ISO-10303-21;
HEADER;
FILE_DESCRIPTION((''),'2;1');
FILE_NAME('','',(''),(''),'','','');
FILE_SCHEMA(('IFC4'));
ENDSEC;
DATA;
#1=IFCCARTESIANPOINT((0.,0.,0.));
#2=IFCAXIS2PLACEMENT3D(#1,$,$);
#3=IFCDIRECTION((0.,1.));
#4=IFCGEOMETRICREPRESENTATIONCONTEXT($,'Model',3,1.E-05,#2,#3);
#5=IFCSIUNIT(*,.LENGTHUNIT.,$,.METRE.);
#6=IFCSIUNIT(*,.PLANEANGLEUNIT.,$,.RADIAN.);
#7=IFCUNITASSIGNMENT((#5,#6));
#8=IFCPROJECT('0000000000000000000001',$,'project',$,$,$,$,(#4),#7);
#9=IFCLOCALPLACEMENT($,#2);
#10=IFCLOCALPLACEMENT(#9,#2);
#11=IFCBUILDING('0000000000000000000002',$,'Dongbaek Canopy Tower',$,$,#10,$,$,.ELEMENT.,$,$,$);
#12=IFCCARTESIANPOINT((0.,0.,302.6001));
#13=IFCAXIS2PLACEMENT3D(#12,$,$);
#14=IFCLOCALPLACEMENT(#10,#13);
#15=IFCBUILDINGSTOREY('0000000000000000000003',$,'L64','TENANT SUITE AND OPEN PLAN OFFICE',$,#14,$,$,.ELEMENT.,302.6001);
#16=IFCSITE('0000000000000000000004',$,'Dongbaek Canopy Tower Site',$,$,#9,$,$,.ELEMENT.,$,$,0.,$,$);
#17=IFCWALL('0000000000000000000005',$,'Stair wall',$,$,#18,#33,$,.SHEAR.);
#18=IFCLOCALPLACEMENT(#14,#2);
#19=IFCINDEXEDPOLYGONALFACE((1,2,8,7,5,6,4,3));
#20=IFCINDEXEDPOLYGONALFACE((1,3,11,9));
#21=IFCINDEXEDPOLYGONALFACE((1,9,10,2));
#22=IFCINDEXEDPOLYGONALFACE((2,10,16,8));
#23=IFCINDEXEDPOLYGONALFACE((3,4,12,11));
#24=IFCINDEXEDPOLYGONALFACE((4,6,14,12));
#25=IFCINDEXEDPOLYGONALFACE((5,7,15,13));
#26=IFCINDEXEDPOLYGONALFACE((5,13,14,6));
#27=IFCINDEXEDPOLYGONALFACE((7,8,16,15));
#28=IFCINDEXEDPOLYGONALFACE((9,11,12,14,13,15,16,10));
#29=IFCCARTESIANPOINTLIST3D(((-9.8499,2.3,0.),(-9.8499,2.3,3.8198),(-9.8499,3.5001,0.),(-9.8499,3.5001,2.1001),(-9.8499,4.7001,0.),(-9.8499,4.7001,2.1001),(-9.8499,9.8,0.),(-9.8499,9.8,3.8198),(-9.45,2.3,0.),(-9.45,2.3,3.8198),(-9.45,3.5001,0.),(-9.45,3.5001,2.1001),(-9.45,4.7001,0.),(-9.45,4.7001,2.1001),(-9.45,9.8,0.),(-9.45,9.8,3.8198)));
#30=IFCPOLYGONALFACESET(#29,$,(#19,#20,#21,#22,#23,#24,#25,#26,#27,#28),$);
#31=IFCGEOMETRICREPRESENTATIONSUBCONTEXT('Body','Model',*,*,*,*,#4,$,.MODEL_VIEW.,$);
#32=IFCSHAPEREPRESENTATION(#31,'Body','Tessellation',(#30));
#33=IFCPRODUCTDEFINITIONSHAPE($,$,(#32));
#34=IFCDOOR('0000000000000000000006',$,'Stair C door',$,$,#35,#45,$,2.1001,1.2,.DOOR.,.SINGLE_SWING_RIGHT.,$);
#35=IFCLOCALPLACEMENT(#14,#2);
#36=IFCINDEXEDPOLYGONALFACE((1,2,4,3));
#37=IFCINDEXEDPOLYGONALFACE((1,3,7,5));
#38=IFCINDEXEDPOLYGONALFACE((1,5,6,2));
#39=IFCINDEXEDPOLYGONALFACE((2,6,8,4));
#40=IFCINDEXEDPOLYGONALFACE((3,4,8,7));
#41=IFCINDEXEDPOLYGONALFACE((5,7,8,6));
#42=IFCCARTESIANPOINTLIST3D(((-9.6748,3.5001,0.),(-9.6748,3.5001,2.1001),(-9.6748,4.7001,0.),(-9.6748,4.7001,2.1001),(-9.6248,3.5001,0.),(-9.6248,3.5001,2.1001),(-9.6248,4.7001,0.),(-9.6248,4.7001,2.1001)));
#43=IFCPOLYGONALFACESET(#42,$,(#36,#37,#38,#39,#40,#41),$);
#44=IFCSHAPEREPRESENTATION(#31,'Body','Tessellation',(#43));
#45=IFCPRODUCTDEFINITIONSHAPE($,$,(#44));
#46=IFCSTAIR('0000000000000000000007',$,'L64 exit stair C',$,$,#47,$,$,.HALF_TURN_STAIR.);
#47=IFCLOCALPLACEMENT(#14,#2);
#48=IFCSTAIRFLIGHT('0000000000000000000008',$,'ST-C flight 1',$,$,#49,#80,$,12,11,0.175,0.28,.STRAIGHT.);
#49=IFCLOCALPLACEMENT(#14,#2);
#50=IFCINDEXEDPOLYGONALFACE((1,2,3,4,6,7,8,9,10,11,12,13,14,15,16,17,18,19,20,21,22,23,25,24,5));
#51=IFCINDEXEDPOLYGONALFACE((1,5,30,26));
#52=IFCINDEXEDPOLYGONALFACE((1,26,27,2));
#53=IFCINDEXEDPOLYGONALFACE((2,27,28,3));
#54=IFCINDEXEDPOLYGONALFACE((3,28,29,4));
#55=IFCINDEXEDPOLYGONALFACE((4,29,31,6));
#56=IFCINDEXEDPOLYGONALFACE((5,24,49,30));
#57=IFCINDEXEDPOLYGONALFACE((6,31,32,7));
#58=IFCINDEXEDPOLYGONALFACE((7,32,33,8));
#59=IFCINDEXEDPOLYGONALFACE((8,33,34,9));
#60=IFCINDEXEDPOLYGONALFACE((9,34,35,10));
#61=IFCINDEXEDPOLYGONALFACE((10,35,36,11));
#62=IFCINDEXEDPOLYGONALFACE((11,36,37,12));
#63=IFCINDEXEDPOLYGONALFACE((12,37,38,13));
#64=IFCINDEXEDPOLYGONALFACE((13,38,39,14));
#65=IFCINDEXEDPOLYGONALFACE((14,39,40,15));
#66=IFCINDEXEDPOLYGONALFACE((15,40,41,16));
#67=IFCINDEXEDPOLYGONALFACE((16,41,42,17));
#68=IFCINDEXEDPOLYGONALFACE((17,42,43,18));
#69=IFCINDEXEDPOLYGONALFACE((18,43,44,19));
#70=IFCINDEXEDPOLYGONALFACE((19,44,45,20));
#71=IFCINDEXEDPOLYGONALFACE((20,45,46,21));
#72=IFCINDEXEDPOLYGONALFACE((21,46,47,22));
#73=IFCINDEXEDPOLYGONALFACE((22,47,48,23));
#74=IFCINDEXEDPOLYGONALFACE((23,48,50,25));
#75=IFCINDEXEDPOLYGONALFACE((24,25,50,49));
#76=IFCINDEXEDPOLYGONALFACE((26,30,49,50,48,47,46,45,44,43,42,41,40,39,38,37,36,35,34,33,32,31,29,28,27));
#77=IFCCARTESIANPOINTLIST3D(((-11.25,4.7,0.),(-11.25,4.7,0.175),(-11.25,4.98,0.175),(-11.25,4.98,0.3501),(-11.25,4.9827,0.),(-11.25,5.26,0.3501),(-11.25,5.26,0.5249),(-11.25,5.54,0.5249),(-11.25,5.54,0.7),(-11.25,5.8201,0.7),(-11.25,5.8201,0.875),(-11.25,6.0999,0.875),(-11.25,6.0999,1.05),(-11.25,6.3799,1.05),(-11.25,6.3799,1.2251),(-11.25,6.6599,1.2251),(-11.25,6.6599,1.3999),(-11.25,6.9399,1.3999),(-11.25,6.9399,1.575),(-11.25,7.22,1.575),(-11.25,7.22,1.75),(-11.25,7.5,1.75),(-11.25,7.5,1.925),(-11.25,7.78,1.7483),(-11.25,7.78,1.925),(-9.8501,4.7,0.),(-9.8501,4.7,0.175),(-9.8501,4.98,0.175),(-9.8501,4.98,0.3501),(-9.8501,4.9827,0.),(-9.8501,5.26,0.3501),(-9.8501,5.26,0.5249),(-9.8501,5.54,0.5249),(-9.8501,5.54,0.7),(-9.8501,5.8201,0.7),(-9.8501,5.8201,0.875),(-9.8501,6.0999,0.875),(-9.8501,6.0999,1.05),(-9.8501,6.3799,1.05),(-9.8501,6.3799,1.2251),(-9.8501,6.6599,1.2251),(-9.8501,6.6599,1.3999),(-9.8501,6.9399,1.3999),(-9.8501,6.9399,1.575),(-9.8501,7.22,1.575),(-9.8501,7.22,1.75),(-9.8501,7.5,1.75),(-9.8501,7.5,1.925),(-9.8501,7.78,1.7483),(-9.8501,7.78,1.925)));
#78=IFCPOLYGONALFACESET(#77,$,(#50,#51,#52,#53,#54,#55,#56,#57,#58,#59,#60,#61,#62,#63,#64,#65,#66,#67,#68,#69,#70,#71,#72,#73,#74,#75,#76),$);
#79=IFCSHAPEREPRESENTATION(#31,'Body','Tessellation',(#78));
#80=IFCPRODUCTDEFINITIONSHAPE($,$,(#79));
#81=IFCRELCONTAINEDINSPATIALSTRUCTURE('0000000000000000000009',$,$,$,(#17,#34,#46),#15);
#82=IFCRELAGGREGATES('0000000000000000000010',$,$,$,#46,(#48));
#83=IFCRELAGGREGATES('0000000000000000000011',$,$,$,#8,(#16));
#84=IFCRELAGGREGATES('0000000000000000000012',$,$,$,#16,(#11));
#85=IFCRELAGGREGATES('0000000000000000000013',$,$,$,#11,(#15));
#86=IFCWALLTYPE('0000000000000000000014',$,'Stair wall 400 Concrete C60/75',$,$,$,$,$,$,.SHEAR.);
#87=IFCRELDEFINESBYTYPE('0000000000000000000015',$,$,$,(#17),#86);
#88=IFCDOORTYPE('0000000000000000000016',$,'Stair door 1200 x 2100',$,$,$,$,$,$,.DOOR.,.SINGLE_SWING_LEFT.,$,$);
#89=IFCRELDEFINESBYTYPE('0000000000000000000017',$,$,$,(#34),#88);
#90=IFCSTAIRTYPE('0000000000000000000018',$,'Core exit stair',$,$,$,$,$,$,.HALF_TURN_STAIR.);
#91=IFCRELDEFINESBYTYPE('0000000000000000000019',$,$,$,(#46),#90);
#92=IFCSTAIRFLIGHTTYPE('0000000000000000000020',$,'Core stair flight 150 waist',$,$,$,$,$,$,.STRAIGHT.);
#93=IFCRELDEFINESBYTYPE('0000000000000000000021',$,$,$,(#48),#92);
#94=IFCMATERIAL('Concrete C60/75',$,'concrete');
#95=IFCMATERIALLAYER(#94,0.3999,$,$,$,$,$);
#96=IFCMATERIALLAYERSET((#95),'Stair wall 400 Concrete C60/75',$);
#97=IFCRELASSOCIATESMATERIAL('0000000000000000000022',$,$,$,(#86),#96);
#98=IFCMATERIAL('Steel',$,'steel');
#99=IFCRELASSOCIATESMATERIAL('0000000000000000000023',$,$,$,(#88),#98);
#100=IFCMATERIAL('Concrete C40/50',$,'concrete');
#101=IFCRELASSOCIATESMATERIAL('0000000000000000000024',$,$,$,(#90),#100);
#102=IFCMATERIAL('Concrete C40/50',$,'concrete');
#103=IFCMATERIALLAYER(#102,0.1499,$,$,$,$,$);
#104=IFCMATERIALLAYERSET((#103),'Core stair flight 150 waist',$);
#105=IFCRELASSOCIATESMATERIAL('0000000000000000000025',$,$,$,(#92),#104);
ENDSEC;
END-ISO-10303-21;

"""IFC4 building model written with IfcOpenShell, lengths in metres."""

from ifc_helpers import new_model, si_unit, direction, frame, frame_2d, origin, place, context, subcontext, project, spatial, polyline, rectangle, outline, extrude, material, layer, layer_set, type_object, element, fill, aggregate, save


model = new_model("IFC4")

# Units and contexts
model_context = context("Model", 3, precision=1e-05, world=origin(), true_north=direction((0.0, 1.0)))
body_context = subcontext(model_context, "Body", "Model", "MODEL_VIEW")
ifc_project = project(units=[si_unit("LENGTHUNIT", "METRE"), si_unit("PLANEANGLEUNIT", "RADIAN")], contexts=[model_context])

# Site, building, storey
site_placement = place(None, origin())
site = spatial("IfcSite", under=ifc_project, at=site_placement, Name="Dongbaek Canopy Tower Site", CompositionType="ELEMENT", RefElevation=0.0)
building_placement = place(site_placement, origin())
building = spatial("IfcBuilding", under=site, at=building_placement, Name="Dongbaek Canopy Tower", CompositionType="ELEMENT")
storey_placement = place(building_placement, frame((0.0, 0.0, 302.6001)))
storey = spatial("IfcBuildingStorey", under=building, at=storey_placement, Name="L64", Description="TENANT SUITE AND OPEN PLAN OFFICE", CompositionType="ELEMENT", Elevation=302.6001)

# Wall, opening, door
ifc_material_1 = material(Name="Concrete C60/75", Category="concrete")
ifc_layer_1 = layer(ifc_material_1, 0.3999)
ifc_layer_set_1 = layer_set([ifc_layer_1], Name="Stair wall 400 Concrete C60/75")
wall_type_1 = type_object("IfcWallType", Name="Stair wall 400 Concrete C60/75", PredefinedType="SHEAR", material=ifc_layer_set_1)
wall_1_placement = place(storey_placement, frame((-9.6499, 2.3, 0.0), z_axis=(0.0, 0.0, 1.0), x_axis=(0.0, 1.0, 0.0)))
wall_1 = element("IfcWall", 1, at=wall_1_placement, inside=storey, type_object=wall_type_1, Name="Stair wall", PredefinedType="SHEAR", context=body_context, shape_type="SweptSolid", body=[
    extrude(rectangle(XDim=7.5, YDim=0.3999, at=frame_2d((3.75, 0.0))), origin(), (0.0, 0.0, 1.0), 3.8198),
])
opening_1_placement = place(wall_1_placement, frame((1.2, 0.0, 0.0)))
opening_1 = element("IfcOpeningElement", 2, at=opening_1_placement, cuts=wall_1, PredefinedType="OPENING", context=body_context, shape_type="SweptSolid", body=[
    extrude(rectangle(XDim=1.2, YDim=2.1001, at=frame_2d((0.6001, 1.05))), frame((0.0, 0.21, 0.0), z_axis=(0.0, -1.0, 0.0), x_axis=(1.0, 0.0, 0.0)), (0.0, 0.0, 1.0), 0.4199),
])
ifc_material_2 = material(Name="Steel", Category="steel")
door_type_1 = type_object("IfcDoorType", Name="Stair door 1200 x 2100", OperationType="SINGLE_SWING_LEFT", PredefinedType="DOOR", material=ifc_material_2)
door_1_placement = place(opening_1_placement, origin())
door_1 = element("IfcDoor", 3, at=door_1_placement, inside=storey, type_object=door_type_1, Name="Stair C door", OperationType="SINGLE_SWING_RIGHT", OverallHeight=2.1001, OverallWidth=1.2, PredefinedType="DOOR", context=body_context, shape_type="SweptSolid", body=[
    extrude(rectangle(XDim=1.2, YDim=2.1001, at=frame_2d((0.6001, 1.05))), frame((0.0, 0.0249, 0.0), z_axis=(0.0, -1.0, 0.0), x_axis=(1.0, 0.0, 0.0)), (0.0, 0.0, 1.0), 0.05),
])
fill(opening_1, door_1)

# Stair, stair flight
ifc_material_3 = material(Name="Concrete C40/50", Category="concrete")
stair_type = type_object("IfcStairType", Name="Core exit stair", PredefinedType="HALF_TURN_STAIR", material=ifc_material_3)
stair_placement = place(storey_placement, origin())
stair = element("IfcStair", 4, at=stair_placement, inside=storey, type_object=stair_type, Name="L64 exit stair C", PredefinedType="HALF_TURN_STAIR")
ifc_material_4 = material(Name="Concrete C40/50", Category="concrete")
ifc_layer_2 = layer(ifc_material_4, 0.1499)
ifc_layer_set_2 = layer_set([ifc_layer_2], Name="Core stair flight 150 waist")
stair_flight_type = type_object("IfcStairFlightType", Name="Core stair flight 150 waist", PredefinedType="STRAIGHT", material=ifc_layer_set_2)
stair_flight_placement = place(storey_placement, frame((-10.55, 4.7, 0.0), z_axis=(0.0, 0.0, 1.0), x_axis=(0.0, 1.0, 0.0)))
stair_flight = element("IfcStairFlight", 5, at=stair_flight_placement, type_object=stair_flight_type, Name="ST-C flight 1", NumberOfRisers=12, NumberOfTreads=11, PredefinedType="STRAIGHT", RiserHeight=0.175, TreadLength=0.28, context=body_context, shape_type="SweptSolid", body=[
    extrude(outline(polyline([(0.0, 0.0), (0.0, 0.175), (0.28, 0.175), (0.28, 0.3501), (0.5601, 0.3501), (0.5601, 0.5249), (0.8401, 0.5249), (0.8401, 0.7), (1.1201, 0.7), (1.1201, 0.875), (1.3999, 0.875), (1.3999, 1.05), (1.6799, 1.05), (1.6799, 1.2251), (1.96, 1.2251), (1.96, 1.3999), (2.24, 1.3999), (2.24, 1.575), (2.52, 1.575), (2.52, 1.75), (2.8, 1.75), (2.8, 1.925), (3.0801, 1.925), (3.0801, 2.1001), (3.0801, 1.7483), (0.2827, 0.0), (0.0, 0.0)])), frame((0.0, 0.7, 0.0), z_axis=(0.0, -1.0, 0.0), x_axis=(1.0, 0.0, 0.0)), (0.0, 0.0, 1.0), 1.3999),
])
aggregate(stair, [stair_flight])

save(model, "model.ifc")
